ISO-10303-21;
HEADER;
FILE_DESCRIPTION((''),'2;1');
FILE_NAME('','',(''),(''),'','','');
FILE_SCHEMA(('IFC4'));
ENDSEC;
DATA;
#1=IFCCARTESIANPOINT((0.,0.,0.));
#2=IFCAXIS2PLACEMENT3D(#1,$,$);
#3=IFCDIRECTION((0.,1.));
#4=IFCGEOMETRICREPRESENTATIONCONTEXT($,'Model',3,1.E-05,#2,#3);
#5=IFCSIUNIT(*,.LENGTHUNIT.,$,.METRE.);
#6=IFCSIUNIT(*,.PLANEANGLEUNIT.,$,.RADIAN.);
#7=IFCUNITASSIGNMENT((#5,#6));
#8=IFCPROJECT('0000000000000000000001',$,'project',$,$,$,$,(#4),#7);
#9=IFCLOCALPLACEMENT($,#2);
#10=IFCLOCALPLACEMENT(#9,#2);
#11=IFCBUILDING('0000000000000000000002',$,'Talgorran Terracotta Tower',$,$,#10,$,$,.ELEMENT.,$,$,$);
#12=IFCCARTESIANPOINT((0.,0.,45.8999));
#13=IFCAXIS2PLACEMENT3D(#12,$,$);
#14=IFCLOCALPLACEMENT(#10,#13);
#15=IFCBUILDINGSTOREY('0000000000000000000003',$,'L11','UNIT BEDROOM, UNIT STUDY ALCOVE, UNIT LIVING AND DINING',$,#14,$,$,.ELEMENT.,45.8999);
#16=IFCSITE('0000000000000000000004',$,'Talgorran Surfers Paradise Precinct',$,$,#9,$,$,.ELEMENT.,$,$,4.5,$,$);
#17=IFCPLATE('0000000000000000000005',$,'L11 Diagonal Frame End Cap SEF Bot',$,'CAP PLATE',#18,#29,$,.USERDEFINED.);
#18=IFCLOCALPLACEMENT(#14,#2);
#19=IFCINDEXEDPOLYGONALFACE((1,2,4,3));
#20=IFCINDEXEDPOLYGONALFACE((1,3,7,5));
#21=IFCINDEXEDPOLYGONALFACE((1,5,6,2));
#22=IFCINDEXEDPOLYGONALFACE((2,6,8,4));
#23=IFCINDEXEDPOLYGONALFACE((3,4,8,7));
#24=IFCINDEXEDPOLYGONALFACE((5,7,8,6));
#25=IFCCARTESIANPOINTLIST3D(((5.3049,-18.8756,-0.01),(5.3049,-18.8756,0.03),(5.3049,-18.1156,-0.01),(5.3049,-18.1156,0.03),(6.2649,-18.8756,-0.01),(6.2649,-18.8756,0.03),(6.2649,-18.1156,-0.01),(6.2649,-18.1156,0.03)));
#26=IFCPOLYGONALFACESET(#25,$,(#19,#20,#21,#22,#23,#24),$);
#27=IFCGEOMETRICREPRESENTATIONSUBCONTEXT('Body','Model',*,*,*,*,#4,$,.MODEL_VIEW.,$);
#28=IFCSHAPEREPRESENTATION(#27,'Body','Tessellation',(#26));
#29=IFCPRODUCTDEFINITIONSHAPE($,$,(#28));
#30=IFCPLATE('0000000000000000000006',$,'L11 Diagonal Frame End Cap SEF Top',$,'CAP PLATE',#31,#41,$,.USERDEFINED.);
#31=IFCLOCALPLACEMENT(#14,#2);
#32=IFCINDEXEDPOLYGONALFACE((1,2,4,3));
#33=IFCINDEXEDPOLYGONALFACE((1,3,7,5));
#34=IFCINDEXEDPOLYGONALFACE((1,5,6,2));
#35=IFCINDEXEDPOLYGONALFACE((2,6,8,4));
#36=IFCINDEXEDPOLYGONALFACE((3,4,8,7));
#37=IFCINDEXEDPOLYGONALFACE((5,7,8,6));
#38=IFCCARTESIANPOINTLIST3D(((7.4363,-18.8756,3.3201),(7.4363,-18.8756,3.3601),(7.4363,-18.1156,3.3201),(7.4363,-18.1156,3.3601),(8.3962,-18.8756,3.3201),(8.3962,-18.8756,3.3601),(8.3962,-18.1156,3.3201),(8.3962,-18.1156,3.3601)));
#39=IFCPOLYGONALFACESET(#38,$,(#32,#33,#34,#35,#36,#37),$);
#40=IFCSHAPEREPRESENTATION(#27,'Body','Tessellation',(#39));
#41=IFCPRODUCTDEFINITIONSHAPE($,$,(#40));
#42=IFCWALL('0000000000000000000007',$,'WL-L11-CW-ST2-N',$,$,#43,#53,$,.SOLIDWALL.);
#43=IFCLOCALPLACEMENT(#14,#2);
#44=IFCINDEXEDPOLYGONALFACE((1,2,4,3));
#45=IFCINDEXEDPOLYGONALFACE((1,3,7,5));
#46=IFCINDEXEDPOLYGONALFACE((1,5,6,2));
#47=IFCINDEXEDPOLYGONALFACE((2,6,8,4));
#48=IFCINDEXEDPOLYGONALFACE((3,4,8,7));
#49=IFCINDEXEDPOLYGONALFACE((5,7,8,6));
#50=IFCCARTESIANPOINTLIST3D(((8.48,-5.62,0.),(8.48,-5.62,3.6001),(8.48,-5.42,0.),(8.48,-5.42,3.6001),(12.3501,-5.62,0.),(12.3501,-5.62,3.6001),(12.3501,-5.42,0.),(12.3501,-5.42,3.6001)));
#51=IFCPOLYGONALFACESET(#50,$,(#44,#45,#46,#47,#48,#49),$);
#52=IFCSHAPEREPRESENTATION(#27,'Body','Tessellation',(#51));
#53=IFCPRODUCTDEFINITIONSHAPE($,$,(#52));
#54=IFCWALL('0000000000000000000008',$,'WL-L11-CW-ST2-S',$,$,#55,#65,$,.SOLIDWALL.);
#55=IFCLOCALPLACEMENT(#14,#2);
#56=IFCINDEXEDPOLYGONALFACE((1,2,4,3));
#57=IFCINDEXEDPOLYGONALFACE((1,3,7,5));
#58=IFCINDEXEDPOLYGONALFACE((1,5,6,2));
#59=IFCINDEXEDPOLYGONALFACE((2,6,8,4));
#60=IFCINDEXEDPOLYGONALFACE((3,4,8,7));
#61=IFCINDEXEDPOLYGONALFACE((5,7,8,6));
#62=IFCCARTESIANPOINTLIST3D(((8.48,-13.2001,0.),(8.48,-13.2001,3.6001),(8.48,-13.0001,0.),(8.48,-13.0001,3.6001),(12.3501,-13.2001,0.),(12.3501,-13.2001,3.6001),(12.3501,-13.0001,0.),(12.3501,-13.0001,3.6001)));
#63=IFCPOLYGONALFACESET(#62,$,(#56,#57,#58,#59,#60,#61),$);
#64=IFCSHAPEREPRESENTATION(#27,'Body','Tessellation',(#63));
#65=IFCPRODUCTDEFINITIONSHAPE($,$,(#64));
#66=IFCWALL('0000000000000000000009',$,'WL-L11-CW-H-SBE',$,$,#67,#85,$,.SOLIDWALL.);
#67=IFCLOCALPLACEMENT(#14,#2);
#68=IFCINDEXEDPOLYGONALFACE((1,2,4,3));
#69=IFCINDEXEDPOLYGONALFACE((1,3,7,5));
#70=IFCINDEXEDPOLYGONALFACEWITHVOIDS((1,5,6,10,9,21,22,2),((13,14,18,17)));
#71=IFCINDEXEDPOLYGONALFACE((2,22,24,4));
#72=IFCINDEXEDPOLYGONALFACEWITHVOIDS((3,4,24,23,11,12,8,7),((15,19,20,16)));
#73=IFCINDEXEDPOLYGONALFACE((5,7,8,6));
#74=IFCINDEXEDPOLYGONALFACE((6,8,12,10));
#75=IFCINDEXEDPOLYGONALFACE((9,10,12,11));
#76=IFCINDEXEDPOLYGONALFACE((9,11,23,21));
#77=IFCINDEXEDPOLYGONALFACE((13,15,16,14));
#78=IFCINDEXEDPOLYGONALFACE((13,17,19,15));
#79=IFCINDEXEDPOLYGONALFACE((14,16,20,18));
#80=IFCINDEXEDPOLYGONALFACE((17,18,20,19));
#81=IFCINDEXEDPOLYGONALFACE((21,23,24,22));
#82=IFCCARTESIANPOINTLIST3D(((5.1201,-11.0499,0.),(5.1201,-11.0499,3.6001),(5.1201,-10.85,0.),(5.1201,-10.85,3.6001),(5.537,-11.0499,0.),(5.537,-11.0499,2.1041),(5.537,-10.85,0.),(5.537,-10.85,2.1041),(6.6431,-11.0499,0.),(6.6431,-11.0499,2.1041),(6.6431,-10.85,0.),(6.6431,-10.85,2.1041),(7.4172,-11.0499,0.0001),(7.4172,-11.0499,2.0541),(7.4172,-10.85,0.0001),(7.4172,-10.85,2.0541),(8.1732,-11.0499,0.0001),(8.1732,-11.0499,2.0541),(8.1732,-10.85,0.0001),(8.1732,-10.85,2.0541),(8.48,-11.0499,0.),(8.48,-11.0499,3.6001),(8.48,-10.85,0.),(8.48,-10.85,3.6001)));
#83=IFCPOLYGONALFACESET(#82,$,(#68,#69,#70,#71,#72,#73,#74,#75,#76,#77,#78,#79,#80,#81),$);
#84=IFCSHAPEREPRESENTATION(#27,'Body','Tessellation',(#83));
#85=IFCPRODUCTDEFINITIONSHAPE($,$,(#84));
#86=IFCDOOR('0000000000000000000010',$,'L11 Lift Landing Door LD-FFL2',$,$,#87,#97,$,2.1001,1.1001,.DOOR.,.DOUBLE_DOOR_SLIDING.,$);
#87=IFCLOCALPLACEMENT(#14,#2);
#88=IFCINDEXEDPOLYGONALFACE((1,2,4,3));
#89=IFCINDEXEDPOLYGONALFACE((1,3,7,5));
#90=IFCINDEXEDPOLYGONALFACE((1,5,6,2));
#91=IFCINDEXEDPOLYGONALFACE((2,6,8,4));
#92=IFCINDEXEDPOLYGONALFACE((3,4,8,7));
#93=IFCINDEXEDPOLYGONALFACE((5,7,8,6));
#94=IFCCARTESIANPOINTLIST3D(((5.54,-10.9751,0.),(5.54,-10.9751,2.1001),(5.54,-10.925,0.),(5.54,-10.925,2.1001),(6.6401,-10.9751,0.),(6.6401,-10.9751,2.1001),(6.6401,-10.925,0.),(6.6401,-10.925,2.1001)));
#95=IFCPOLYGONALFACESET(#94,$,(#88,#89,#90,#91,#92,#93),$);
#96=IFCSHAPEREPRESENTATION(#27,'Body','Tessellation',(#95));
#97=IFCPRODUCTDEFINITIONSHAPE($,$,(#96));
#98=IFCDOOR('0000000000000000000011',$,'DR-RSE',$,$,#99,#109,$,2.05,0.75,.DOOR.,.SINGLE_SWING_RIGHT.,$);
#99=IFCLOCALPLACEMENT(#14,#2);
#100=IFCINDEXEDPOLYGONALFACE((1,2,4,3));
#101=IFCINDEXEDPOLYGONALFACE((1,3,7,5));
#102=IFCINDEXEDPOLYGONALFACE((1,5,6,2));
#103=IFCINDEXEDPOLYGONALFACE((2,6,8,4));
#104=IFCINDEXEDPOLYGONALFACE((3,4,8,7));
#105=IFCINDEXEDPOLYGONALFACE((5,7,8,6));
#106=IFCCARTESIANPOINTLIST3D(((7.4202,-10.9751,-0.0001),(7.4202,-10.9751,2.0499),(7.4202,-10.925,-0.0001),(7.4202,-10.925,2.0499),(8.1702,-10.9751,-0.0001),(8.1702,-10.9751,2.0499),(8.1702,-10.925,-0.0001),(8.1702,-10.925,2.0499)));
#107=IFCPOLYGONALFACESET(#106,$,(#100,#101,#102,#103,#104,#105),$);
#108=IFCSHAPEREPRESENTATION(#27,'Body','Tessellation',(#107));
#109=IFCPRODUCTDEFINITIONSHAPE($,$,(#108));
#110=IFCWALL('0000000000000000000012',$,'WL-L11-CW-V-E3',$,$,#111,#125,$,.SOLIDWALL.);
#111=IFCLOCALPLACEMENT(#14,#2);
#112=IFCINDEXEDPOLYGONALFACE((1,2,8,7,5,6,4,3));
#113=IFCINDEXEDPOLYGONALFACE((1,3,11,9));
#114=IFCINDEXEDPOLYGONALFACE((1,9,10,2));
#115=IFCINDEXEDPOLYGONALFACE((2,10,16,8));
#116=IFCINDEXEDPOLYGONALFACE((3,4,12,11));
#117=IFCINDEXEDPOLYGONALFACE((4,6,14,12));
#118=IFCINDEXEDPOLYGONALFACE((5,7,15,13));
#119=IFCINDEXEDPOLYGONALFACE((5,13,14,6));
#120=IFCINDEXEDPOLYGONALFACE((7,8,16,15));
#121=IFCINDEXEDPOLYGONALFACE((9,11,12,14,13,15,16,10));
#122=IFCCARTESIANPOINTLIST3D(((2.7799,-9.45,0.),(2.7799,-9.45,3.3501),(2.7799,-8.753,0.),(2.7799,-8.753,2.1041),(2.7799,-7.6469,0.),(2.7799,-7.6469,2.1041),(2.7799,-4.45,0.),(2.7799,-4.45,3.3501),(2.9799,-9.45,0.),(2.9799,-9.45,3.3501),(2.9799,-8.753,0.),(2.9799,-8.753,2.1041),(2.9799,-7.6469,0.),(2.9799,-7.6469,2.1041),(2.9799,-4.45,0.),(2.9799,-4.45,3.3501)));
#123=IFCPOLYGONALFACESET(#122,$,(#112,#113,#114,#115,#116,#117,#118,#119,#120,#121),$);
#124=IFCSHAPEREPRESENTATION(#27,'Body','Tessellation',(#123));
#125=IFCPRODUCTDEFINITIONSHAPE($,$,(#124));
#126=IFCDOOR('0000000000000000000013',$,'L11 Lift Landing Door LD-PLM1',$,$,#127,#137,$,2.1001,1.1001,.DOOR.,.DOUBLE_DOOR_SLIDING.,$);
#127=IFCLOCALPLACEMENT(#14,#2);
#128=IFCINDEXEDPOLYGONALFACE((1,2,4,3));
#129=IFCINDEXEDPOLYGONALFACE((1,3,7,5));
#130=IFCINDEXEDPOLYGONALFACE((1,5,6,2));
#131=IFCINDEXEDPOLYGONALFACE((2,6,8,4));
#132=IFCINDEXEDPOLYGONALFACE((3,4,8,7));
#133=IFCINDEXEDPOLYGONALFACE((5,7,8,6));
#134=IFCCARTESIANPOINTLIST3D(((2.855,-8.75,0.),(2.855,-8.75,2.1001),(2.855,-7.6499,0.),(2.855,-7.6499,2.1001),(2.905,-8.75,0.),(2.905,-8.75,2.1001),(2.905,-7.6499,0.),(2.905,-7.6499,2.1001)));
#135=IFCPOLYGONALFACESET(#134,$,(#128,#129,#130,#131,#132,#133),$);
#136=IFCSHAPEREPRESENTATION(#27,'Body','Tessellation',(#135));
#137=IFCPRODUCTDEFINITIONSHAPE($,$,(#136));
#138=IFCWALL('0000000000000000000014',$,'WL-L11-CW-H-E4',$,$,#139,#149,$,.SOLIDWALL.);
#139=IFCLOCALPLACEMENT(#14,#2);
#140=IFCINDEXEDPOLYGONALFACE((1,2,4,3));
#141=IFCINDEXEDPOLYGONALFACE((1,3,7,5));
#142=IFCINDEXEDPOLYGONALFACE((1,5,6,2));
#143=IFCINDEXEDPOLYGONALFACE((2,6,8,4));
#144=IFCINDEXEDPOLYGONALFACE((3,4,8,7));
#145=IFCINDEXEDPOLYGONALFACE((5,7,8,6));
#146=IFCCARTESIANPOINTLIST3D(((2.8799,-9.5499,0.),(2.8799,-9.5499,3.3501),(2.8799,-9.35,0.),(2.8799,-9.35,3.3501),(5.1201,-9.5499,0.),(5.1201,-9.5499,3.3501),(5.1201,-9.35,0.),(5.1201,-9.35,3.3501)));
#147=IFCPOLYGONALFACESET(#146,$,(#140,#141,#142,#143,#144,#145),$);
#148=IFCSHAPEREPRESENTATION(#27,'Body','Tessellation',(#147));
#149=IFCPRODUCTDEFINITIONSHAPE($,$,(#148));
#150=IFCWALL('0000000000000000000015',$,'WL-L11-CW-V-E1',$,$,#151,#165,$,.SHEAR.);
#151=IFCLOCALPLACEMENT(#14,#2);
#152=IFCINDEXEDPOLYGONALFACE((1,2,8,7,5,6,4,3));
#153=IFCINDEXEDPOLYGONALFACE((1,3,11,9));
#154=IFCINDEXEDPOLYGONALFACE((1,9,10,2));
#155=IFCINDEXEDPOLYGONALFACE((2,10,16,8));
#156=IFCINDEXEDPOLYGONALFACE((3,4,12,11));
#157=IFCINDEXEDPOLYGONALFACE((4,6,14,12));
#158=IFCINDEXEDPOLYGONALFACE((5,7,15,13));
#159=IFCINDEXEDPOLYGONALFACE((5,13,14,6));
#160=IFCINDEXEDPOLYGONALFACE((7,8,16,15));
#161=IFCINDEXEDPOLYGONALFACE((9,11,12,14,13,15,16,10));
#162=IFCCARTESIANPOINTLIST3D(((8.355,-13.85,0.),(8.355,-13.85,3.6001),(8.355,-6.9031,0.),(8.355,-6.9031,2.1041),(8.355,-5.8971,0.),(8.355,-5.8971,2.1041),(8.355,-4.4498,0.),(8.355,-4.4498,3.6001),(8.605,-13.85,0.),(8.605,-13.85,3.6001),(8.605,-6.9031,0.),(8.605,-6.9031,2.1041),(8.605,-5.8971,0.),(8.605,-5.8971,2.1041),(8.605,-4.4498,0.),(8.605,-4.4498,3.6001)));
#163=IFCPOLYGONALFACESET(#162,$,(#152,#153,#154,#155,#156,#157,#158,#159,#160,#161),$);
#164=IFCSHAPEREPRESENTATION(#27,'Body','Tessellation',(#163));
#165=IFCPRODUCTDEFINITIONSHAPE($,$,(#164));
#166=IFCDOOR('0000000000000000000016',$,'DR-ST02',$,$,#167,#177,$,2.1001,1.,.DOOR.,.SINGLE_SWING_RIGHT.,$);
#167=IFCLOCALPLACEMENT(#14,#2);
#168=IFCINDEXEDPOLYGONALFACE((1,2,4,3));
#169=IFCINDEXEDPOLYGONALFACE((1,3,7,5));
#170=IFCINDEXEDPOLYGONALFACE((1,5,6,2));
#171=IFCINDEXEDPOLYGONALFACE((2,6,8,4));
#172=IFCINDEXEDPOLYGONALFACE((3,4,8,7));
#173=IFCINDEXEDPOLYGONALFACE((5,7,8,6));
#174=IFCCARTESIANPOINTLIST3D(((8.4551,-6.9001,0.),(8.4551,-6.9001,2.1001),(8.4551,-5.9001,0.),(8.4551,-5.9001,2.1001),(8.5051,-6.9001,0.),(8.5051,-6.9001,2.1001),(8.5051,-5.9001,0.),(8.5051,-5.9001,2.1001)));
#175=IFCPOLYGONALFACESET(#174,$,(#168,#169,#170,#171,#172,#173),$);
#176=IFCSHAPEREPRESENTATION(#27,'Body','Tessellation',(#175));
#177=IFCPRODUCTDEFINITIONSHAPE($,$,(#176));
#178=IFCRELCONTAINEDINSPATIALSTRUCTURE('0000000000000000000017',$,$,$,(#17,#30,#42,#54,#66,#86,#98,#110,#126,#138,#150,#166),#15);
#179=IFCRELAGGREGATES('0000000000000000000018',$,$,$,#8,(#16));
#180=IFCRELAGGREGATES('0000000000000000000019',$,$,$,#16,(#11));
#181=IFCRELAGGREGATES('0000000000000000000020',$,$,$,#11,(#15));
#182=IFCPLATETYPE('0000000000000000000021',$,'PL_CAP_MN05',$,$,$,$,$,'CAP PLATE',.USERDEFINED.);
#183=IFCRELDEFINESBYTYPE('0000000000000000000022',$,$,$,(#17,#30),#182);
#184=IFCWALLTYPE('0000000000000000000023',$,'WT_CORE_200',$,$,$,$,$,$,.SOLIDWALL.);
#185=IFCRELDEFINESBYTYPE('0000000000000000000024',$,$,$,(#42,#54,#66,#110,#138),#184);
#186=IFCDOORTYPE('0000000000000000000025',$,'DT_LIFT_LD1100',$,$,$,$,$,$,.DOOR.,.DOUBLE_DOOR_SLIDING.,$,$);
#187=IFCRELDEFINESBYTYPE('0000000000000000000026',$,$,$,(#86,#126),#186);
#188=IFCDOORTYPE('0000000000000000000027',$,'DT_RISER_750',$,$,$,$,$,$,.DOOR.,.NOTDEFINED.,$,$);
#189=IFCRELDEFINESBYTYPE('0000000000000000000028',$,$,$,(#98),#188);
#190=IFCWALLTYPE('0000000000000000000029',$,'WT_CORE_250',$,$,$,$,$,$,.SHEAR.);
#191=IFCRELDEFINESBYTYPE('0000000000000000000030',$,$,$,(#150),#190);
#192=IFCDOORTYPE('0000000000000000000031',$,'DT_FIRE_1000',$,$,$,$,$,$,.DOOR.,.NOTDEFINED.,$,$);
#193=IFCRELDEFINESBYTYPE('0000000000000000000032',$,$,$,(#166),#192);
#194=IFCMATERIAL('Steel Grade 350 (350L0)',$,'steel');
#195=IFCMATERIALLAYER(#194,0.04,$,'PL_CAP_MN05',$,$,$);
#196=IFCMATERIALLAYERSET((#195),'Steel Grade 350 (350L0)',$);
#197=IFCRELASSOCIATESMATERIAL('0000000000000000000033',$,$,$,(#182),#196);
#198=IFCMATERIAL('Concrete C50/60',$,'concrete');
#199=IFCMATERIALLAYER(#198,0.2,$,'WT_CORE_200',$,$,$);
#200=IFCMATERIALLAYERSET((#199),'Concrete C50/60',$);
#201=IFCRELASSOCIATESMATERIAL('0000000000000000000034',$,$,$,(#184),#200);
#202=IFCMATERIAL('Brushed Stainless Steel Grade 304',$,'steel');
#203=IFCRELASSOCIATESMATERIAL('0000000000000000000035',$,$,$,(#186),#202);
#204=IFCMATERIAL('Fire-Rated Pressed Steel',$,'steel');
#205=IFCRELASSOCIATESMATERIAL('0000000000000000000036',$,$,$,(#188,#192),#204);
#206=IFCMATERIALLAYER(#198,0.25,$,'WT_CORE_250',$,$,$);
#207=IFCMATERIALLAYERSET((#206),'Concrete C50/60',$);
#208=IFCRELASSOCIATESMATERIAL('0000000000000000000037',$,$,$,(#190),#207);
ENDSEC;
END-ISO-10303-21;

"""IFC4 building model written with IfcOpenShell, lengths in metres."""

from ifc_helpers import new_model, si_unit, direction, frame, frame_2d, origin, origin_2d, place, context, subcontext, project, spatial, rectangle, extrude, material, layer, layer_set, type_object, element, fill, save


model = new_model("IFC4")

# Units and contexts
model_context = context("Model", 3, precision=1e-05, world=origin(), true_north=direction((0.0, 1.0)))
body_context = subcontext(model_context, "Body", "Model", "MODEL_VIEW")
ifc_project = project(units=[si_unit("LENGTHUNIT", "METRE"), si_unit("PLANEANGLEUNIT", "RADIAN")], contexts=[model_context])

# Site, building, storey
site_placement = place(None, origin())
site = spatial("IfcSite", under=ifc_project, at=site_placement, Name="Talgorran Surfers Paradise Precinct", CompositionType="ELEMENT", RefElevation=4.5)
building_placement = place(site_placement, origin())
building = spatial("IfcBuilding", under=site, at=building_placement, Name="Talgorran Terracotta Tower", CompositionType="ELEMENT")
storey_placement = place(building_placement, frame((0.0, 0.0, 45.8999)))
storey = spatial("IfcBuildingStorey", under=building, at=storey_placement, Name="L11", Description="UNIT BEDROOM, UNIT STUDY ALCOVE, UNIT LIVING AND DINING", CompositionType="ELEMENT", Elevation=45.8999)

# Shared definitions
ifc_material_1 = material(Name="Steel Grade 350 (350L0)", Category="steel")

# Plates
ifc_layer_1 = layer(ifc_material_1, 0.04, Name="PL_CAP_MN05")
ifc_layer_set_1 = layer_set([ifc_layer_1], Name="Steel Grade 350 (350L0)")
plate_type = type_object("IfcPlateType", Name="PL_CAP_MN05", ElementType="CAP PLATE", PredefinedType="USERDEFINED", material=ifc_layer_set_1)
for number, where, z_axis, x_axis, name in (
    (1, (5.7849, -18.4956, -0.01), (0.0, 0.0, 1.0), (1.0, 0.0, 0.0), "L11 Diagonal Frame End Cap SEF Bot"),
    (2, (7.9163, -18.4956, 3.3201), (0.0, 0.0, 1.0), (1.0, 0.0, 0.0), "L11 Diagonal Frame End Cap SEF Top"),
):
    element("IfcPlate", number, at=place(storey_placement, frame(where, z_axis=z_axis, x_axis=x_axis)), inside=storey, type_object=plate_type, Name=name, ObjectType="CAP PLATE", PredefinedType="USERDEFINED", context=body_context, shape_type="SweptSolid", body=[
        extrude(rectangle(XDim=0.96, YDim=0.76, at=origin_2d()), origin(), (0.0, 0.0, 1.0), 0.04),
    ])

# Walls
ifc_material_2 = material(Name="Concrete C50/60", Category="concrete")
ifc_layer_2 = layer(ifc_material_2, 0.2, Name="WT_CORE_200")
ifc_layer_set_2 = layer_set([ifc_layer_2], Name="Concrete C50/60")
wall_type_1 = type_object("IfcWallType", Name="WT_CORE_200", PredefinedType="SOLIDWALL", material=ifc_layer_set_2)
for number, where, z_axis, x_axis, name in (
    (3, (8.48, -5.52, 0.0), (0.0, 0.0, 1.0), (1.0, 0.0, 0.0), "WL-L11-CW-ST2-N"),
    (4, (8.48, -13.1001, 0.0), (0.0, 0.0, 1.0), (1.0, 0.0, 0.0), "WL-L11-CW-ST2-S"),
):
    element("IfcWall", number, at=place(storey_placement, frame(where, z_axis=z_axis, x_axis=x_axis)), inside=storey, type_object=wall_type_1, Name=name, PredefinedType="SOLIDWALL", context=body_context, shape_type="SweptSolid", body=[
        extrude(rectangle(XDim=3.8701, YDim=0.2, at=frame_2d((1.9351, 0.0))), origin(), (0.0, 0.0, 1.0), 3.6001),
    ])

# Wall, openings, doors
wall_1_placement = place(storey_placement, frame((5.1201, -10.95, 0.0), z_axis=(0.0, 0.0, 1.0), x_axis=(1.0, 0.0, 0.0)))
wall_1 = element("IfcWall", 5, at=wall_1_placement, inside=storey, type_object=wall_type_1, Name="WL-L11-CW-H-SBE", PredefinedType="SOLIDWALL", context=body_context, shape_type="SweptSolid", body=[
    extrude(rectangle(XDim=3.3599, YDim=0.2, at=frame_2d((1.6799, 0.0))), origin(), (0.0, 0.0, 1.0), 3.6001),
])
opening_1_placement = place(wall_1_placement, frame((0.4199, 0.0, 0.0)))
opening_1 = element("IfcOpeningElement", 6, at=opening_1_placement, cuts=wall_1, PredefinedType="OPENING", context=body_context, shape_type="SweptSolid", body=[
    extrude(rectangle(XDim=1.1061, YDim=2.1041, at=frame_2d((0.55, 1.052))), frame((0.0, 0.1099, 0.0), z_axis=(0.0, -1.0, 0.0), x_axis=(1.0, 0.0, 0.0)), (0.0, 0.0, 1.0), 0.22),
])
opening_2_placement = place(wall_1_placement, frame((2.3, 0.0, 0.0)))
opening_2 = element("IfcOpeningElement", 7, at=opening_2_placement, cuts=wall_1, PredefinedType="OPENING", context=body_context, shape_type="SweptSolid", body=[
    extrude(rectangle(XDim=0.756, YDim=2.054, at=frame_2d((0.375, 1.0271))), frame((0.0, 0.1099, 0.0), z_axis=(0.0, -1.0, 0.0), x_axis=(1.0, 0.0, 0.0)), (0.0, 0.0, 1.0), 0.22),
])
ifc_material_3 = material(Name="Brushed Stainless Steel Grade 304", Category="steel")
door_type_1 = type_object("IfcDoorType", Name="DT_LIFT_LD1100", OperationType="DOUBLE_DOOR_SLIDING", PredefinedType="DOOR", material=ifc_material_3)
door_1_placement = place(opening_1_placement, origin())
door_1 = element("IfcDoor", 8, at=door_1_placement, inside=storey, type_object=door_type_1, Name="L11 Lift Landing Door LD-FFL2", OperationType="DOUBLE_DOOR_SLIDING", OverallHeight=2.1001, OverallWidth=1.1001, PredefinedType="DOOR", context=body_context, shape_type="SweptSolid", body=[
    extrude(rectangle(XDim=1.1001, YDim=2.1001, at=frame_2d((0.55, 1.05))), frame((0.0, 0.0249, 0.0), z_axis=(0.0, -1.0, 0.0), x_axis=(1.0, 0.0, 0.0)), (0.0, 0.0, 1.0), 0.05),
])
fill(opening_1, door_1)
ifc_material_4 = material(Name="Fire-Rated Pressed Steel", Category="steel")
door_type_2 = type_object("IfcDoorType", Name="DT_RISER_750", OperationType="NOTDEFINED", PredefinedType="DOOR", material=ifc_material_4)
door_2_placement = place(opening_2_placement, origin())
door_2 = element("IfcDoor", 9, at=door_2_placement, inside=storey, type_object=door_type_2, Name="DR-RSE", OperationType="SINGLE_SWING_RIGHT", OverallHeight=2.05, OverallWidth=0.75, PredefinedType="DOOR", context=body_context, shape_type="SweptSolid", body=[
    extrude(rectangle(XDim=0.75, YDim=2.05, at=frame_2d((0.375, 1.0249))), frame((0.0, 0.0249, 0.0), z_axis=(0.0, -1.0, 0.0), x_axis=(1.0, 0.0, 0.0)), (0.0, 0.0, 1.0), 0.05),
])
fill(opening_2, door_2)

# Wall, opening, door
wall_2_placement = place(storey_placement, frame((2.8799, -9.45, 0.0), z_axis=(0.0, 0.0, 1.0), x_axis=(0.0, 1.0, 0.0)))
wall_2 = element("IfcWall", 10, at=wall_2_placement, inside=storey, type_object=wall_type_1, Name="WL-L11-CW-V-E3", PredefinedType="SOLIDWALL", context=body_context, shape_type="SweptSolid", body=[
    extrude(rectangle(XDim=5.0, YDim=0.2, at=frame_2d((2.5, 0.0))), origin(), (0.0, 0.0, 1.0), 3.3501),
])
opening_3_placement = place(wall_2_placement, frame((0.7, 0.0, 0.0)))
opening_3 = element("IfcOpeningElement", 11, at=opening_3_placement, cuts=wall_2, PredefinedType="OPENING", context=body_context, shape_type="SweptSolid", body=[
    extrude(rectangle(XDim=1.1061, YDim=2.1041, at=frame_2d((0.55, 1.052))), frame((0.0, 0.1099, 0.0), z_axis=(0.0, -1.0, 0.0), x_axis=(1.0, 0.0, 0.0)), (0.0, 0.0, 1.0), 0.22),
])
door_3_placement = place(opening_3_placement, origin())
door_3 = element("IfcDoor", 12, at=door_3_placement, inside=storey, type_object=door_type_1, Name="L11 Lift Landing Door LD-PLM1", OperationType="DOUBLE_DOOR_SLIDING", OverallHeight=2.1001, OverallWidth=1.1001, PredefinedType="DOOR", context=body_context, shape_type="SweptSolid", body=[
    extrude(rectangle(XDim=1.1001, YDim=2.1001, at=frame_2d((0.55, 1.05))), frame((0.0, 0.0249, 0.0), z_axis=(0.0, -1.0, 0.0), x_axis=(1.0, 0.0, 0.0)), (0.0, 0.0, 1.0), 0.05),
])
fill(opening_3, door_3)

# Wall
wall_3_placement = place(storey_placement, frame((2.8799, -9.45, 0.0), z_axis=(0.0, 0.0, 1.0), x_axis=(1.0, 0.0, 0.0)))
element("IfcWall", 13, at=wall_3_placement, inside=storey, type_object=wall_type_1, Name="WL-L11-CW-H-E4", PredefinedType="SOLIDWALL", context=body_context, shape_type="SweptSolid", body=[
    extrude(rectangle(XDim=2.2402, YDim=0.2, at=frame_2d((1.1201, 0.0))), origin(), (0.0, 0.0, 1.0), 3.3501),
])

# Wall, opening, door
ifc_layer_3 = layer(ifc_material_2, 0.25, Name="WT_CORE_250")
ifc_layer_set_3 = layer_set([ifc_layer_3], Name="Concrete C50/60")
wall_type_2 = type_object("IfcWallType", Name="WT_CORE_250", PredefinedType="SHEAR", material=ifc_layer_set_3)
wall_4_placement = place(storey_placement, frame((8.48, -13.8501, 0.0), z_axis=(0.0, 0.0, 1.0), x_axis=(0.0, 1.0, 0.0)))
wall_4 = element("IfcWall", 14, at=wall_4_placement, inside=storey, type_object=wall_type_2, Name="WL-L11-CW-V-E1", PredefinedType="SHEAR", context=body_context, shape_type="SweptSolid", body=[
    extrude(rectangle(XDim=9.4001, YDim=0.25, at=frame_2d((4.7002, 0.0))), origin(), (0.0, 0.0, 1.0), 3.6001),
])
opening_4_placement = place(wall_4_placement, frame((6.95, 0.0, 0.0)))
opening_4 = element("IfcOpeningElement", 15, at=opening_4_placement, cuts=wall_4, PredefinedType="OPENING", context=body_context, shape_type="SweptSolid", body=[
    extrude(rectangle(XDim=1.006, YDim=2.1041, at=frame_2d((0.5, 1.052))), frame((0.0, 0.135, 0.0), z_axis=(0.0, -1.0, 0.0), x_axis=(1.0, 0.0, 0.0)), (0.0, 0.0, 1.0), 0.27),
])
door_type_3 = type_object("IfcDoorType", Name="DT_FIRE_1000", OperationType="NOTDEFINED", PredefinedType="DOOR", material=ifc_material_4)
door_4_placement = place(opening_4_placement, origin())
door_4 = element("IfcDoor", 16, at=door_4_placement, inside=storey, type_object=door_type_3, Name="DR-ST02", OperationType="SINGLE_SWING_RIGHT", OverallHeight=2.1001, OverallWidth=1.0, PredefinedType="DOOR", context=body_context, shape_type="SweptSolid", body=[
    extrude(rectangle(XDim=1.0, YDim=2.1001, at=frame_2d((0.5, 1.05))), frame((0.0, 0.0249, 0.0), z_axis=(0.0, -1.0, 0.0), x_axis=(1.0, 0.0, 0.0)), (0.0, 0.0, 1.0), 0.05),
])
fill(opening_4, door_4)

save(model, "model.ifc")
